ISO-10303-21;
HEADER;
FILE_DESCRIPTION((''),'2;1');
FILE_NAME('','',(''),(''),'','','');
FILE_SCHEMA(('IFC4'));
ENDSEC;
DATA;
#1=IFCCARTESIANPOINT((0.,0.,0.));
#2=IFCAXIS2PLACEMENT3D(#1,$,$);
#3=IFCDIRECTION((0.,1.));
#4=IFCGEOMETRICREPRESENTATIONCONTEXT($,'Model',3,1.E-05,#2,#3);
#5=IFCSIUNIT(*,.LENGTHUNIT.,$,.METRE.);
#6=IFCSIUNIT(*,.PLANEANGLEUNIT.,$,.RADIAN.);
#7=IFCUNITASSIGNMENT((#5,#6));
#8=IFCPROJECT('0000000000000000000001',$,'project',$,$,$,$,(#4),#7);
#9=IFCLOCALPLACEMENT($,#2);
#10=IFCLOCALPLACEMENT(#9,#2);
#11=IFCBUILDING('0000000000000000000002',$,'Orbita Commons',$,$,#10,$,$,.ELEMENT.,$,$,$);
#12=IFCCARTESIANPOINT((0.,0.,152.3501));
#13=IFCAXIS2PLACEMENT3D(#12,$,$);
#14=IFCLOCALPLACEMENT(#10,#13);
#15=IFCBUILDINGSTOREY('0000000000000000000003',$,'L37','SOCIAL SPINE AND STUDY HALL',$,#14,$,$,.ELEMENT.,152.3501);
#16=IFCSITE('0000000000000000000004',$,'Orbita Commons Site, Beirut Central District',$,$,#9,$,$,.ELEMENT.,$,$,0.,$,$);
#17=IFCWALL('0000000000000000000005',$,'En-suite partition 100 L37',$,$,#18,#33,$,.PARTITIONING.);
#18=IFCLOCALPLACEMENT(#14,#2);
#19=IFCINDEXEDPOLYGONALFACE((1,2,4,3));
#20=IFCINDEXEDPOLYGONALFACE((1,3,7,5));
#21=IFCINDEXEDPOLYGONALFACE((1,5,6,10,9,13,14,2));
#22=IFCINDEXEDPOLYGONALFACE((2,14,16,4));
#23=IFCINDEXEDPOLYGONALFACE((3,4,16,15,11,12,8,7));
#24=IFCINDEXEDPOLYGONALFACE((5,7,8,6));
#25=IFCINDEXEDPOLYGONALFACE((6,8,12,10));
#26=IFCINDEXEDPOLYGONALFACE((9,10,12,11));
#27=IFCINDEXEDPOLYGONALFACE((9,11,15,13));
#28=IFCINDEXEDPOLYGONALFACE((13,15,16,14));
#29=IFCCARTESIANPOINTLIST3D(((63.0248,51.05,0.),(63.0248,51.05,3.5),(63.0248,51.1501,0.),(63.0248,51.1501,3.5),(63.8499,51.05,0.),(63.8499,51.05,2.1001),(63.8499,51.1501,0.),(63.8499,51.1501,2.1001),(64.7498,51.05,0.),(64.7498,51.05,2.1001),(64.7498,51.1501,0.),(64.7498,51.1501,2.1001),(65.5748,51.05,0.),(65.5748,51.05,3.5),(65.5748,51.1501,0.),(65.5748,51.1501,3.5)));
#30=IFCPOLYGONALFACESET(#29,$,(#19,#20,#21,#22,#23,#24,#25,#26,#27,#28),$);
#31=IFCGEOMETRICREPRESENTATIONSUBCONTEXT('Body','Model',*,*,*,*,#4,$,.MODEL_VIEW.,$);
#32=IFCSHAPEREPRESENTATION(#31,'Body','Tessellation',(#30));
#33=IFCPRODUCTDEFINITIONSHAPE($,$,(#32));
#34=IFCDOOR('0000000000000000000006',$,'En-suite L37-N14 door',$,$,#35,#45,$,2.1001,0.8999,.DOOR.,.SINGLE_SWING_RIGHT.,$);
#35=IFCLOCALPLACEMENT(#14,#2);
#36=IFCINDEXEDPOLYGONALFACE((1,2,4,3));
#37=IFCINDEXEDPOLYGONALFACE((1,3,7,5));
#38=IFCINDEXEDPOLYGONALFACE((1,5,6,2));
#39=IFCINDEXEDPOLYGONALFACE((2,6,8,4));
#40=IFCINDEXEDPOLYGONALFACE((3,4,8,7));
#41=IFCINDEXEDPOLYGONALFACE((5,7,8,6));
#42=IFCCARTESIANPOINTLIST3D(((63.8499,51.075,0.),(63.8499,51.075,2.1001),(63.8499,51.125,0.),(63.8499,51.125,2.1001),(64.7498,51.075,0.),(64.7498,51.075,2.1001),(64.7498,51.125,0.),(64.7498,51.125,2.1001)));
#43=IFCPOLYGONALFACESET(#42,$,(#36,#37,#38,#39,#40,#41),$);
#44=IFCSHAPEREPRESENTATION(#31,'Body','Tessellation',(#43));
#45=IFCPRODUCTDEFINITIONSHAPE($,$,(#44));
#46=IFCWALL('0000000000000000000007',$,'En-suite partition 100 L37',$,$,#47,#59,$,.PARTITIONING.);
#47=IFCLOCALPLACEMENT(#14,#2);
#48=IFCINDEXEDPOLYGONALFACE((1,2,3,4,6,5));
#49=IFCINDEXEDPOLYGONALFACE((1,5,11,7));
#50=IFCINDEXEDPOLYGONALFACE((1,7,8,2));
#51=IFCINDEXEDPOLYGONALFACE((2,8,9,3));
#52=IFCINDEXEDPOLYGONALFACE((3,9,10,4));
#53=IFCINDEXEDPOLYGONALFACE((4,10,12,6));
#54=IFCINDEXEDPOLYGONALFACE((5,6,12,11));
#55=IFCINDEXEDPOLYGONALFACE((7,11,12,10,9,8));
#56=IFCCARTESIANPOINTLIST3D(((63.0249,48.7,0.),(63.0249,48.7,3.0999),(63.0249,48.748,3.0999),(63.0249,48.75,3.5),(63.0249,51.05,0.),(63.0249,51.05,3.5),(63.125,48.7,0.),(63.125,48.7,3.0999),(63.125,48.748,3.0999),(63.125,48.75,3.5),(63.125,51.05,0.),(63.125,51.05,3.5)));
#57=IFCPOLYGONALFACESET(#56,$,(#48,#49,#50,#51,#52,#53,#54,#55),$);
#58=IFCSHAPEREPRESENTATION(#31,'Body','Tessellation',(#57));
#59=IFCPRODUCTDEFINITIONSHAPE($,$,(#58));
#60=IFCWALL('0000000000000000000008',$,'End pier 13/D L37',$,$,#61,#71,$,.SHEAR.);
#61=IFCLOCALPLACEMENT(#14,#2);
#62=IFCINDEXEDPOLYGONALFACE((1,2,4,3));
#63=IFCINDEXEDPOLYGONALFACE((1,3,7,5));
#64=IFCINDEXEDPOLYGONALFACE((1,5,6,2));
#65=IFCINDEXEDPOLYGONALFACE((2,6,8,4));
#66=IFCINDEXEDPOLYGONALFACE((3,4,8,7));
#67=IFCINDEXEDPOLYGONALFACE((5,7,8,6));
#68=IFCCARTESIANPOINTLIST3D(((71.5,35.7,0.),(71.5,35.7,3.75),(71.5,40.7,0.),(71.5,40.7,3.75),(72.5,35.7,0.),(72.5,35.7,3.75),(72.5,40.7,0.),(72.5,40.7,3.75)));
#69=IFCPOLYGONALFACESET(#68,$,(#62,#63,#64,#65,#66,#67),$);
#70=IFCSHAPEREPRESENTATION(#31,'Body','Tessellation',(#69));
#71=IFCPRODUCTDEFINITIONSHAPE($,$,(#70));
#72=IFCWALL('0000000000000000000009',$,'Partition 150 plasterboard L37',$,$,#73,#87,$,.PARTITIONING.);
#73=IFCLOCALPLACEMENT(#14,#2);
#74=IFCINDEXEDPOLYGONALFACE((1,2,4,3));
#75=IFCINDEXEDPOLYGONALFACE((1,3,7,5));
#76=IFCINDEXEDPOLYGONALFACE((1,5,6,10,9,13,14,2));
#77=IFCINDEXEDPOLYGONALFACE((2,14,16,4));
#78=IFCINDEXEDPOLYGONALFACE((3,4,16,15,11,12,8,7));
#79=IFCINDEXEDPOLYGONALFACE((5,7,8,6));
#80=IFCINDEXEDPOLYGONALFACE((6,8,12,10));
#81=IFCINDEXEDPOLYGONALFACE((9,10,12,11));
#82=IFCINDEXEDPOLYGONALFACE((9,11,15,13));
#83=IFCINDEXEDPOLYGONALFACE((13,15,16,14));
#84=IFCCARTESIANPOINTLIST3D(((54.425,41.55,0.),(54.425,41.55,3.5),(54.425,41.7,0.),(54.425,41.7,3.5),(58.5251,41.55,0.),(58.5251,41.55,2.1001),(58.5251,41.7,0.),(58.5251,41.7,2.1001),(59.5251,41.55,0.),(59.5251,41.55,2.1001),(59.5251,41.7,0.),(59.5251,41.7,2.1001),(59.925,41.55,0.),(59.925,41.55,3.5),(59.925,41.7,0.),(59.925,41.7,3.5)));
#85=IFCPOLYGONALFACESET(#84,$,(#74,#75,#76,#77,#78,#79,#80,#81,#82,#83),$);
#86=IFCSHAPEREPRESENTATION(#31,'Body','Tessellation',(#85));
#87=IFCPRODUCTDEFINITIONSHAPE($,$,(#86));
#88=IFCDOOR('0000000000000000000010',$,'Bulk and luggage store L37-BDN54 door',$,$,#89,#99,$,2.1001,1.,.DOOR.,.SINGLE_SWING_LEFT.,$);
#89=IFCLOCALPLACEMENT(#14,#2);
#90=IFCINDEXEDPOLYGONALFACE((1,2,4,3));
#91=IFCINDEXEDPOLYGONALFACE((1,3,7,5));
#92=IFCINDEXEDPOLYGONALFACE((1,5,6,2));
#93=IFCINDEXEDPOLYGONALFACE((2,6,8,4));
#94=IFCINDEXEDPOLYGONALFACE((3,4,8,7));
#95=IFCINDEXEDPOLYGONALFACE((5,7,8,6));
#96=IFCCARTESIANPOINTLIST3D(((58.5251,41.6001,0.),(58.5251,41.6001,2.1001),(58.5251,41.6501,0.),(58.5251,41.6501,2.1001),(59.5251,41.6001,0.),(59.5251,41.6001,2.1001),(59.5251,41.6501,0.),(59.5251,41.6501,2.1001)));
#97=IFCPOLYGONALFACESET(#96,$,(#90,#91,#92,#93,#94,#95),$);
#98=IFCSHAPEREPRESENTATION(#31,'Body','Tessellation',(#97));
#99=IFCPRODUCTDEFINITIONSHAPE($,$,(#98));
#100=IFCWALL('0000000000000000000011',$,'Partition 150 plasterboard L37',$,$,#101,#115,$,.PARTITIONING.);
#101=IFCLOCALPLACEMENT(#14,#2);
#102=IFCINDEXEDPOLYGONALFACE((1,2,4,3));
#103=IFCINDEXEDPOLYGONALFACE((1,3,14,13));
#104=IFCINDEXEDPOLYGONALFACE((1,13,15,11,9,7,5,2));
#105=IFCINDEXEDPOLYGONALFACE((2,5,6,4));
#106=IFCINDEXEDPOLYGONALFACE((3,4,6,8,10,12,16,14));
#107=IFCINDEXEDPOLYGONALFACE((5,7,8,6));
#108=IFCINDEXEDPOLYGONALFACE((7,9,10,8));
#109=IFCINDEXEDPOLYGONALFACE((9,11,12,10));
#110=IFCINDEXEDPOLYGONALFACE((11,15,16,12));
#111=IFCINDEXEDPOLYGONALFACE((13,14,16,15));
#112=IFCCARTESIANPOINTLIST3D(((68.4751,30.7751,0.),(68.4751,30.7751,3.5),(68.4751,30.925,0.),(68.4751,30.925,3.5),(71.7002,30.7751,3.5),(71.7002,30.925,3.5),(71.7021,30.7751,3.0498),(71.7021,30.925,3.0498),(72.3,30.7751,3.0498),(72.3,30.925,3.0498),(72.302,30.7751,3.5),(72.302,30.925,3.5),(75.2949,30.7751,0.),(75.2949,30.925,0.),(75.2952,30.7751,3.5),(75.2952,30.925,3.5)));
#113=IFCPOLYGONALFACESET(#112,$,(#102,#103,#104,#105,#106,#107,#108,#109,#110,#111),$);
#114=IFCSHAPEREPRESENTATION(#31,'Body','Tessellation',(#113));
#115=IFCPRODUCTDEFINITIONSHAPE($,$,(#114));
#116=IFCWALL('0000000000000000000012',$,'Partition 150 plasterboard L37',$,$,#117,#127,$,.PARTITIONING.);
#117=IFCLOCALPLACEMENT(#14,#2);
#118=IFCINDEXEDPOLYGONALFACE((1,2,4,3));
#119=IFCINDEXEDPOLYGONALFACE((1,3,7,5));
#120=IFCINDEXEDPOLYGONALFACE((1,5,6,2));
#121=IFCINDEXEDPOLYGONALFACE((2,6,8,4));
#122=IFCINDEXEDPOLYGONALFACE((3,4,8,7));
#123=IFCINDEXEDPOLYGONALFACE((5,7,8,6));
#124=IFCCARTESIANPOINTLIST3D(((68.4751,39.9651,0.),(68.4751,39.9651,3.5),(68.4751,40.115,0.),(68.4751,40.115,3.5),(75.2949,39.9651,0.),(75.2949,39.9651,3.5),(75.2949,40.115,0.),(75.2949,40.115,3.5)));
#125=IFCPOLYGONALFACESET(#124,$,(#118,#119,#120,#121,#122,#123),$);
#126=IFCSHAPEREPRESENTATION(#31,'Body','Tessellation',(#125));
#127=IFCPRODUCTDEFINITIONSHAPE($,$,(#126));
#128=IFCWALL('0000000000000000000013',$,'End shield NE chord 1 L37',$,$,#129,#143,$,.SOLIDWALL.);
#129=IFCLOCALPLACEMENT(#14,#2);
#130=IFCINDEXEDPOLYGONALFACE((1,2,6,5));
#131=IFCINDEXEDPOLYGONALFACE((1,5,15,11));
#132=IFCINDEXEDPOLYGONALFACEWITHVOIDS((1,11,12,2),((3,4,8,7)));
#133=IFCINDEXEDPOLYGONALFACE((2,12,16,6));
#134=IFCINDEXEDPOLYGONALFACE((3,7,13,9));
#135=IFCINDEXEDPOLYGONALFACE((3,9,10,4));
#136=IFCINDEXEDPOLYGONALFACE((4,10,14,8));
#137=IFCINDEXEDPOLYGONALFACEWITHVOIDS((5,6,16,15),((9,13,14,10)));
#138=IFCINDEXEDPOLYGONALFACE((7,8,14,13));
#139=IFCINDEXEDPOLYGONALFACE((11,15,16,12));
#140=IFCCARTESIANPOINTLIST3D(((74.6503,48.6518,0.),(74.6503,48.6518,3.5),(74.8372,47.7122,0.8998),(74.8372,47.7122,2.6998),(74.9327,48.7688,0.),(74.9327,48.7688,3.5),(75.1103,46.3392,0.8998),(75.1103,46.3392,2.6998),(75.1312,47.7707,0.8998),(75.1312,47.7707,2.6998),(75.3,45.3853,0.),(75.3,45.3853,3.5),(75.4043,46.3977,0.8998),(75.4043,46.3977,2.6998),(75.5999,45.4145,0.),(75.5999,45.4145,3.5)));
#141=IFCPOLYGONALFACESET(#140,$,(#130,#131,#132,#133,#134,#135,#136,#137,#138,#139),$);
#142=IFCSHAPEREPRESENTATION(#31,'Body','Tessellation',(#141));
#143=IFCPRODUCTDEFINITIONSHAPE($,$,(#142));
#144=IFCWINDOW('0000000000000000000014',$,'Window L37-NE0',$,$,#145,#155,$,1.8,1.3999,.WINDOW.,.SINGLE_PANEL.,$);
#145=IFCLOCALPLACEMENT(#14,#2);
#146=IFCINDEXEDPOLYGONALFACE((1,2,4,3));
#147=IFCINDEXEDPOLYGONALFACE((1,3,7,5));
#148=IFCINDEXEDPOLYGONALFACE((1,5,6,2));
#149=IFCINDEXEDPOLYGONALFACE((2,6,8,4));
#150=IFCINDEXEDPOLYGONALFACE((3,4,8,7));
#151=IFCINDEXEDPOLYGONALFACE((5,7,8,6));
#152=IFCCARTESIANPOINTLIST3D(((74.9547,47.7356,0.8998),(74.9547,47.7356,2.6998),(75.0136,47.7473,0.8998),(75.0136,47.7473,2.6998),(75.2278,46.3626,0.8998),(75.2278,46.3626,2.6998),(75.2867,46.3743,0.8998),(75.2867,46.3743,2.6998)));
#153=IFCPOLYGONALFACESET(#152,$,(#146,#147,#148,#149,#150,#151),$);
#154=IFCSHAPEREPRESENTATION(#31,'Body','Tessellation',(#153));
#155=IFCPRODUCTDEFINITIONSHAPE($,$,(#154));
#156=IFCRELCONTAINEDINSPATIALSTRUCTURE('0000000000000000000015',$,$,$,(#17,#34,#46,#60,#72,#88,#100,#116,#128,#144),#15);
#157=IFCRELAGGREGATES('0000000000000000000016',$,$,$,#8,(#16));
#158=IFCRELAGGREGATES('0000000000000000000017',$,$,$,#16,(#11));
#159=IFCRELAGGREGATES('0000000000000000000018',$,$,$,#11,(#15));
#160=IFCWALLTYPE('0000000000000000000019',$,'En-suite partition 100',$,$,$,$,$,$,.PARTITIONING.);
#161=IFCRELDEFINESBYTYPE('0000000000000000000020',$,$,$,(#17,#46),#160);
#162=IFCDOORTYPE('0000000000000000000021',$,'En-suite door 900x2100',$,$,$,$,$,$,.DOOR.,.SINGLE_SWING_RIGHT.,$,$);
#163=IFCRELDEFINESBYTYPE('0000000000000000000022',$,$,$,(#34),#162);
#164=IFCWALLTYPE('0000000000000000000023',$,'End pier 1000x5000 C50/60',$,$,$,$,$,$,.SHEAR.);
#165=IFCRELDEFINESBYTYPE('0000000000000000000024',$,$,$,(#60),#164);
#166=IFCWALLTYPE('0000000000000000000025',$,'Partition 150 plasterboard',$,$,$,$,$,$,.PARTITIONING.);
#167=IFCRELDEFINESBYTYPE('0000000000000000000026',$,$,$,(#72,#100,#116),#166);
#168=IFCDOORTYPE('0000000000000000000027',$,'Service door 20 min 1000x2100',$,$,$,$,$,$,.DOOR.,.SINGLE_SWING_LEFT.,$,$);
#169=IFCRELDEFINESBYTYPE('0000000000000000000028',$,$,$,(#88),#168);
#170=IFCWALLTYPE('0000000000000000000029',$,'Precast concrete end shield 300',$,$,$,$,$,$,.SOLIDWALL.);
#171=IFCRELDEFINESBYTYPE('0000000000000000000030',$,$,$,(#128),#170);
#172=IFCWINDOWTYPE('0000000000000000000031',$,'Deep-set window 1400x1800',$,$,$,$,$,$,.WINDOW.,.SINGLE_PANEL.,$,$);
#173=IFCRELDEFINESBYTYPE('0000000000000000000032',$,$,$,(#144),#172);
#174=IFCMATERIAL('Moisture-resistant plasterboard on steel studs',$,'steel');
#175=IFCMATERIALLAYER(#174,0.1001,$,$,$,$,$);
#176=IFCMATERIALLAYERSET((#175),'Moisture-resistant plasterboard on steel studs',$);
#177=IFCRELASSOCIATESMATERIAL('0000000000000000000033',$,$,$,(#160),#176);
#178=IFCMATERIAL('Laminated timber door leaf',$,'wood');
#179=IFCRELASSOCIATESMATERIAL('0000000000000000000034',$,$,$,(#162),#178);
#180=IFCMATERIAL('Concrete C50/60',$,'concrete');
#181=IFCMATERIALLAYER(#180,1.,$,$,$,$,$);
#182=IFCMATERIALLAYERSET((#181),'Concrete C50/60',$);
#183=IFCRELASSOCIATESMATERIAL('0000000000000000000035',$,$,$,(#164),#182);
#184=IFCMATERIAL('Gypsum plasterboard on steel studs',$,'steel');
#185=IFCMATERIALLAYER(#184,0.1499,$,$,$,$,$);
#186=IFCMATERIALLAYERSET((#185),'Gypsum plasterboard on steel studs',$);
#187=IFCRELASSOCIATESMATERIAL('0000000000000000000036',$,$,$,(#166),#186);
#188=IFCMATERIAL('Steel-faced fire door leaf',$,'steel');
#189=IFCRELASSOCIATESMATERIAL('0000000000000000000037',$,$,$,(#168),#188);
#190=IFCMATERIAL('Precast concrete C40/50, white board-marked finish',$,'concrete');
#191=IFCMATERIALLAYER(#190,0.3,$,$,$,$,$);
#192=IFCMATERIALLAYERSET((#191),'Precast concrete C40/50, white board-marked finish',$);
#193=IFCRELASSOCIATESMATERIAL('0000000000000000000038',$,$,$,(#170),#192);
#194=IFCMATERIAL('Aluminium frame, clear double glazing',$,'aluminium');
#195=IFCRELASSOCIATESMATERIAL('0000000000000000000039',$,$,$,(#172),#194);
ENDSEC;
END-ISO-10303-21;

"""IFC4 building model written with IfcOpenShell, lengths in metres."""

from ifc_helpers import new_model, si_unit, direction, frame, frame_2d, origin, place, context, subcontext, project, spatial, polyline, rectangle, outline, extrude, material, layer, layer_set, type_object, element, fill, save


model = new_model("IFC4")

# Units and contexts
model_context = context("Model", 3, precision=1e-05, world=origin(), true_north=direction((0.0, 1.0)))
body_context = subcontext(model_context, "Body", "Model", "MODEL_VIEW")
ifc_project = project(units=[si_unit("LENGTHUNIT", "METRE"), si_unit("PLANEANGLEUNIT", "RADIAN")], contexts=[model_context])

# Site, building, storey
site_placement = place(None, origin())
site = spatial("IfcSite", under=ifc_project, at=site_placement, Name="Orbita Commons Site, Beirut Central District", CompositionType="ELEMENT", RefElevation=0.0)
building_placement = place(site_placement, origin())
building = spatial("IfcBuilding", under=site, at=building_placement, Name="Orbita Commons", CompositionType="ELEMENT")
storey_placement = place(building_placement, frame((0.0, 0.0, 152.3501)))
storey = spatial("IfcBuildingStorey", under=building, at=storey_placement, Name="L37", Description="SOCIAL SPINE AND STUDY HALL", CompositionType="ELEMENT", Elevation=152.3501)

# Wall, opening, door
ifc_material_1 = material(Name="Moisture-resistant plasterboard on steel studs", Category="steel")
ifc_layer_1 = layer(ifc_material_1, 0.1001)
ifc_layer_set_1 = layer_set([ifc_layer_1], Name="Moisture-resistant plasterboard on steel studs")
wall_type_1 = type_object("IfcWallType", Name="En-suite partition 100", PredefinedType="PARTITIONING", material=ifc_layer_set_1)
wall_1_placement = place(storey_placement, frame((63.0249, 51.1001, 0.0), z_axis=(0.0, 0.0, 1.0), x_axis=(1.0, 0.0, 0.0)))
wall_1 = element("IfcWall", 1, at=wall_1_placement, inside=storey, type_object=wall_type_1, Name="En-suite partition 100 L37", PredefinedType="PARTITIONING", context=body_context, shape_type="SweptSolid", body=[
    extrude(rectangle(XDim=2.55, YDim=0.1001, at=frame_2d((1.2749, 0.0))), origin(), (0.0, 0.0, 1.0), 3.5),
])
opening_1_placement = place(wall_1_placement, frame((0.825, 0.0, 0.0)))
opening_1 = element("IfcOpeningElement", 2, at=opening_1_placement, cuts=wall_1, PredefinedType="OPENING", context=body_context, shape_type="SweptSolid", body=[
    extrude(rectangle(XDim=0.8999, YDim=2.1001, at=frame_2d((0.45, 1.05))), frame((0.0, 0.0601, 0.0), z_axis=(0.0, -1.0, 0.0), x_axis=(1.0, 0.0, 0.0)), (0.0, 0.0, 1.0), 0.1201),
])
ifc_material_2 = material(Name="Laminated timber door leaf", Category="wood")
door_type_1 = type_object("IfcDoorType", Name="En-suite door 900x2100", OperationType="SINGLE_SWING_RIGHT", PredefinedType="DOOR", material=ifc_material_2)
door_1_placement = place(opening_1_placement, origin())
door_1 = element("IfcDoor", 3, at=door_1_placement, inside=storey, type_object=door_type_1, Name="En-suite L37-N14 door", OperationType="SINGLE_SWING_RIGHT", OverallHeight=2.1001, OverallWidth=0.8999, PredefinedType="DOOR", context=body_context, shape_type="SweptSolid", body=[
    extrude(rectangle(XDim=0.8999, YDim=2.1001, at=frame_2d((0.45, 1.05))), frame((0.0, 0.0249, 0.0), z_axis=(0.0, -1.0, 0.0), x_axis=(1.0, 0.0, 0.0)), (0.0, 0.0, 1.0), 0.05),
])
fill(opening_1, door_1)

# Walls
wall_2_placement = place(storey_placement, frame((63.075, 51.05, 0.0), z_axis=(0.0, 0.0, 1.0), x_axis=(0.0, -1.0, 0.0)))
element("IfcWall", 4, at=wall_2_placement, inside=storey, type_object=wall_type_1, Name="En-suite partition 100 L37", PredefinedType="PARTITIONING", context=body_context, shape_type="SweptSolid", body=[
    extrude(outline(polyline([(0.0, 0.0), (2.3501, 0.0), (2.3501, 3.0999), (2.302, 3.0999), (2.3, 3.5), (0.0, 3.5), (0.0, 0.0)])), frame((0.0, 0.05, 0.0), z_axis=(0.0, -1.0, 0.0), x_axis=(1.0, 0.0, 0.0)), (0.0, 0.0, 1.0), 0.1001),
])
ifc_material_3 = material(Name="Concrete C50/60", Category="concrete")
ifc_layer_2 = layer(ifc_material_3, 1.0)
ifc_layer_set_2 = layer_set([ifc_layer_2], Name="Concrete C50/60")
wall_type_2 = type_object("IfcWallType", Name="End pier 1000x5000 C50/60", PredefinedType="SHEAR", material=ifc_layer_set_2)
wall_3_placement = place(storey_placement, frame((72.0, 35.7, 0.0), z_axis=(0.0, 0.0, 1.0), x_axis=(0.0, 1.0, 0.0)))
element("IfcWall", 5, at=wall_3_placement, inside=storey, type_object=wall_type_2, Name="End pier 13/D L37", PredefinedType="SHEAR", context=body_context, shape_type="SweptSolid", body=[
    extrude(rectangle(XDim=5.0, YDim=1.0, at=frame_2d((2.5, 0.0))), origin(), (0.0, 0.0, 1.0), 3.75),
])

# Wall, opening, door
ifc_material_4 = material(Name="Gypsum plasterboard on steel studs", Category="steel")
ifc_layer_3 = layer(ifc_material_4, 0.1499)
ifc_layer_set_3 = layer_set([ifc_layer_3], Name="Gypsum plasterboard on steel studs")
wall_type_3 = type_object("IfcWallType", Name="Partition 150 plasterboard", PredefinedType="PARTITIONING", material=ifc_layer_set_3)
wall_4_placement = place(storey_placement, frame((59.925, 41.625, 0.0), z_axis=(0.0, 0.0, 1.0), x_axis=(-1.0, 0.0, 0.0)))
wall_4 = element("IfcWall", 6, at=wall_4_placement, inside=storey, type_object=wall_type_3, Name="Partition 150 plasterboard L37", PredefinedType="PARTITIONING", context=body_context, shape_type="SweptSolid", body=[
    extrude(rectangle(XDim=5.5, YDim=0.1499, at=frame_2d((2.75, 0.0))), origin(), (0.0, 0.0, 1.0), 3.5),
])
opening_2_placement = place(wall_4_placement, frame((0.3999, 0.0, 0.0)))
opening_2 = element("IfcOpeningElement", 7, at=opening_2_placement, cuts=wall_4, PredefinedType="OPENING", context=body_context, shape_type="SweptSolid", body=[
    extrude(rectangle(XDim=1.0, YDim=2.1001, at=frame_2d((0.5, 1.05))), frame((0.0, 0.085, 0.0), z_axis=(0.0, -1.0, 0.0), x_axis=(1.0, 0.0, 0.0)), (0.0, 0.0, 1.0), 0.1699),
])
ifc_material_5 = material(Name="Steel-faced fire door leaf", Category="steel")
door_type_2 = type_object("IfcDoorType", Name="Service door 20 min 1000x2100", OperationType="SINGLE_SWING_LEFT", PredefinedType="DOOR", material=ifc_material_5)
door_2_placement = place(opening_2_placement, origin())
door_2 = element("IfcDoor", 8, at=door_2_placement, inside=storey, type_object=door_type_2, Name="Bulk and luggage store L37-BDN54 door", OperationType="SINGLE_SWING_LEFT", OverallHeight=2.1001, OverallWidth=1.0, PredefinedType="DOOR", context=body_context, shape_type="SweptSolid", body=[
    extrude(rectangle(XDim=1.0, YDim=2.1001, at=frame_2d((0.5, 1.05))), frame((0.0, 0.0249, 0.0), z_axis=(0.0, -1.0, 0.0), x_axis=(1.0, 0.0, 0.0)), (0.0, 0.0, 1.0), 0.05),
])
fill(opening_2, door_2)

# Walls
wall_5_placement = place(storey_placement, frame((68.4751, 30.8501, 0.0), z_axis=(0.0, 0.0, 1.0), x_axis=(1.0, 0.0, 0.0)))
element("IfcWall", 9, at=wall_5_placement, inside=storey, type_object=wall_type_3, Name="Partition 150 plasterboard L37", PredefinedType="PARTITIONING", context=body_context, shape_type="SweptSolid", body=[
    extrude(outline(polyline([(0.0, 0.0), (6.8198, 0.0), (6.8201, 3.5), (3.8269, 3.5), (3.825, 3.0498), (3.2271, 3.0498), (3.2251, 3.5), (0.0, 3.5), (0.0, 0.0)])), frame((0.0, 0.075, 0.0), z_axis=(0.0, -1.0, 0.0), x_axis=(1.0, 0.0, 0.0)), (0.0, 0.0, 1.0), 0.1499),
])
wall_6_placement = place(storey_placement, frame((68.4751, 40.04, 0.0), z_axis=(0.0, 0.0, 1.0), x_axis=(1.0, 0.0, 0.0)))
element("IfcWall", 10, at=wall_6_placement, inside=storey, type_object=wall_type_3, Name="Partition 150 plasterboard L37", PredefinedType="PARTITIONING", context=body_context, shape_type="SweptSolid", body=[
    extrude(rectangle(XDim=6.8198, YDim=0.1499, at=frame_2d((3.4099, 0.0))), origin(), (0.0, 0.0, 1.0), 3.5),
])

# Wall, opening, window
ifc_material_6 = material(Name="Precast concrete C40/50, white board-marked finish", Category="concrete")
ifc_layer_4 = layer(ifc_material_6, 0.3)
ifc_layer_set_4 = layer_set([ifc_layer_4], Name="Precast concrete C40/50, white board-marked finish")
wall_type_4 = type_object("IfcWallType", Name="Precast concrete end shield 300", PredefinedType="SOLIDWALL", material=ifc_layer_set_4)
wall_7_placement = place(storey_placement, frame((75.45, 45.3999, 0.0), z_axis=(0.0, 0.0, 1.0), x_axis=(-0.195087, 0.980786, 0.0)))
wall_7 = element("IfcWall", 11, at=wall_7_placement, inside=storey, type_object=wall_type_4, Name="End shield NE chord 1 L37", PredefinedType="SOLIDWALL", context=body_context, shape_type="SweptSolid", body=[
    extrude(outline(polyline([(-0.0149, -0.1499), (3.405, -0.1499), (3.3455, 0.1499), (0.0149, 0.1499), (-0.0149, -0.1499)])), origin(), (0.0, 0.0, 1.0), 3.5),
])
opening_3_placement = place(wall_7_placement, frame((0.9875, 0.0, 0.8999)))
opening_3 = element("IfcOpeningElement", 12, at=opening_3_placement, cuts=wall_7, PredefinedType="OPENING", context=body_context, shape_type="SweptSolid", body=[
    extrude(rectangle(XDim=1.3999, YDim=1.8, at=frame_2d((0.7, 0.8999))), frame((0.0, 0.1599, 0.0), z_axis=(0.0, -1.0, 0.0), x_axis=(1.0, 0.0, 0.0)), (0.0, 0.0, 1.0), 0.3201),
])
ifc_material_7 = material(Name="Aluminium frame, clear double glazing", Category="aluminium")
window_type = type_object("IfcWindowType", Name="Deep-set window 1400x1800", PartitioningType="SINGLE_PANEL", PredefinedType="WINDOW", material=ifc_material_7)
window_1_placement = place(opening_3_placement, origin())
window_1 = element("IfcWindow", 13, at=window_1_placement, inside=storey, type_object=window_type, Name="Window L37-NE0", OverallHeight=1.8, OverallWidth=1.3999, PartitioningType="SINGLE_PANEL", PredefinedType="WINDOW", context=body_context, shape_type="SweptSolid", body=[
    extrude(rectangle(XDim=1.3999, YDim=1.8, at=frame_2d((0.7, 0.8999))), frame((0.0, 0.03, 0.0), z_axis=(0.0, -1.0, 0.0), x_axis=(1.0, 0.0, 0.0)), (0.0, 0.0, 1.0), 0.0601),
])
fill(opening_3, window_1)

save(model, "model.ifc")
